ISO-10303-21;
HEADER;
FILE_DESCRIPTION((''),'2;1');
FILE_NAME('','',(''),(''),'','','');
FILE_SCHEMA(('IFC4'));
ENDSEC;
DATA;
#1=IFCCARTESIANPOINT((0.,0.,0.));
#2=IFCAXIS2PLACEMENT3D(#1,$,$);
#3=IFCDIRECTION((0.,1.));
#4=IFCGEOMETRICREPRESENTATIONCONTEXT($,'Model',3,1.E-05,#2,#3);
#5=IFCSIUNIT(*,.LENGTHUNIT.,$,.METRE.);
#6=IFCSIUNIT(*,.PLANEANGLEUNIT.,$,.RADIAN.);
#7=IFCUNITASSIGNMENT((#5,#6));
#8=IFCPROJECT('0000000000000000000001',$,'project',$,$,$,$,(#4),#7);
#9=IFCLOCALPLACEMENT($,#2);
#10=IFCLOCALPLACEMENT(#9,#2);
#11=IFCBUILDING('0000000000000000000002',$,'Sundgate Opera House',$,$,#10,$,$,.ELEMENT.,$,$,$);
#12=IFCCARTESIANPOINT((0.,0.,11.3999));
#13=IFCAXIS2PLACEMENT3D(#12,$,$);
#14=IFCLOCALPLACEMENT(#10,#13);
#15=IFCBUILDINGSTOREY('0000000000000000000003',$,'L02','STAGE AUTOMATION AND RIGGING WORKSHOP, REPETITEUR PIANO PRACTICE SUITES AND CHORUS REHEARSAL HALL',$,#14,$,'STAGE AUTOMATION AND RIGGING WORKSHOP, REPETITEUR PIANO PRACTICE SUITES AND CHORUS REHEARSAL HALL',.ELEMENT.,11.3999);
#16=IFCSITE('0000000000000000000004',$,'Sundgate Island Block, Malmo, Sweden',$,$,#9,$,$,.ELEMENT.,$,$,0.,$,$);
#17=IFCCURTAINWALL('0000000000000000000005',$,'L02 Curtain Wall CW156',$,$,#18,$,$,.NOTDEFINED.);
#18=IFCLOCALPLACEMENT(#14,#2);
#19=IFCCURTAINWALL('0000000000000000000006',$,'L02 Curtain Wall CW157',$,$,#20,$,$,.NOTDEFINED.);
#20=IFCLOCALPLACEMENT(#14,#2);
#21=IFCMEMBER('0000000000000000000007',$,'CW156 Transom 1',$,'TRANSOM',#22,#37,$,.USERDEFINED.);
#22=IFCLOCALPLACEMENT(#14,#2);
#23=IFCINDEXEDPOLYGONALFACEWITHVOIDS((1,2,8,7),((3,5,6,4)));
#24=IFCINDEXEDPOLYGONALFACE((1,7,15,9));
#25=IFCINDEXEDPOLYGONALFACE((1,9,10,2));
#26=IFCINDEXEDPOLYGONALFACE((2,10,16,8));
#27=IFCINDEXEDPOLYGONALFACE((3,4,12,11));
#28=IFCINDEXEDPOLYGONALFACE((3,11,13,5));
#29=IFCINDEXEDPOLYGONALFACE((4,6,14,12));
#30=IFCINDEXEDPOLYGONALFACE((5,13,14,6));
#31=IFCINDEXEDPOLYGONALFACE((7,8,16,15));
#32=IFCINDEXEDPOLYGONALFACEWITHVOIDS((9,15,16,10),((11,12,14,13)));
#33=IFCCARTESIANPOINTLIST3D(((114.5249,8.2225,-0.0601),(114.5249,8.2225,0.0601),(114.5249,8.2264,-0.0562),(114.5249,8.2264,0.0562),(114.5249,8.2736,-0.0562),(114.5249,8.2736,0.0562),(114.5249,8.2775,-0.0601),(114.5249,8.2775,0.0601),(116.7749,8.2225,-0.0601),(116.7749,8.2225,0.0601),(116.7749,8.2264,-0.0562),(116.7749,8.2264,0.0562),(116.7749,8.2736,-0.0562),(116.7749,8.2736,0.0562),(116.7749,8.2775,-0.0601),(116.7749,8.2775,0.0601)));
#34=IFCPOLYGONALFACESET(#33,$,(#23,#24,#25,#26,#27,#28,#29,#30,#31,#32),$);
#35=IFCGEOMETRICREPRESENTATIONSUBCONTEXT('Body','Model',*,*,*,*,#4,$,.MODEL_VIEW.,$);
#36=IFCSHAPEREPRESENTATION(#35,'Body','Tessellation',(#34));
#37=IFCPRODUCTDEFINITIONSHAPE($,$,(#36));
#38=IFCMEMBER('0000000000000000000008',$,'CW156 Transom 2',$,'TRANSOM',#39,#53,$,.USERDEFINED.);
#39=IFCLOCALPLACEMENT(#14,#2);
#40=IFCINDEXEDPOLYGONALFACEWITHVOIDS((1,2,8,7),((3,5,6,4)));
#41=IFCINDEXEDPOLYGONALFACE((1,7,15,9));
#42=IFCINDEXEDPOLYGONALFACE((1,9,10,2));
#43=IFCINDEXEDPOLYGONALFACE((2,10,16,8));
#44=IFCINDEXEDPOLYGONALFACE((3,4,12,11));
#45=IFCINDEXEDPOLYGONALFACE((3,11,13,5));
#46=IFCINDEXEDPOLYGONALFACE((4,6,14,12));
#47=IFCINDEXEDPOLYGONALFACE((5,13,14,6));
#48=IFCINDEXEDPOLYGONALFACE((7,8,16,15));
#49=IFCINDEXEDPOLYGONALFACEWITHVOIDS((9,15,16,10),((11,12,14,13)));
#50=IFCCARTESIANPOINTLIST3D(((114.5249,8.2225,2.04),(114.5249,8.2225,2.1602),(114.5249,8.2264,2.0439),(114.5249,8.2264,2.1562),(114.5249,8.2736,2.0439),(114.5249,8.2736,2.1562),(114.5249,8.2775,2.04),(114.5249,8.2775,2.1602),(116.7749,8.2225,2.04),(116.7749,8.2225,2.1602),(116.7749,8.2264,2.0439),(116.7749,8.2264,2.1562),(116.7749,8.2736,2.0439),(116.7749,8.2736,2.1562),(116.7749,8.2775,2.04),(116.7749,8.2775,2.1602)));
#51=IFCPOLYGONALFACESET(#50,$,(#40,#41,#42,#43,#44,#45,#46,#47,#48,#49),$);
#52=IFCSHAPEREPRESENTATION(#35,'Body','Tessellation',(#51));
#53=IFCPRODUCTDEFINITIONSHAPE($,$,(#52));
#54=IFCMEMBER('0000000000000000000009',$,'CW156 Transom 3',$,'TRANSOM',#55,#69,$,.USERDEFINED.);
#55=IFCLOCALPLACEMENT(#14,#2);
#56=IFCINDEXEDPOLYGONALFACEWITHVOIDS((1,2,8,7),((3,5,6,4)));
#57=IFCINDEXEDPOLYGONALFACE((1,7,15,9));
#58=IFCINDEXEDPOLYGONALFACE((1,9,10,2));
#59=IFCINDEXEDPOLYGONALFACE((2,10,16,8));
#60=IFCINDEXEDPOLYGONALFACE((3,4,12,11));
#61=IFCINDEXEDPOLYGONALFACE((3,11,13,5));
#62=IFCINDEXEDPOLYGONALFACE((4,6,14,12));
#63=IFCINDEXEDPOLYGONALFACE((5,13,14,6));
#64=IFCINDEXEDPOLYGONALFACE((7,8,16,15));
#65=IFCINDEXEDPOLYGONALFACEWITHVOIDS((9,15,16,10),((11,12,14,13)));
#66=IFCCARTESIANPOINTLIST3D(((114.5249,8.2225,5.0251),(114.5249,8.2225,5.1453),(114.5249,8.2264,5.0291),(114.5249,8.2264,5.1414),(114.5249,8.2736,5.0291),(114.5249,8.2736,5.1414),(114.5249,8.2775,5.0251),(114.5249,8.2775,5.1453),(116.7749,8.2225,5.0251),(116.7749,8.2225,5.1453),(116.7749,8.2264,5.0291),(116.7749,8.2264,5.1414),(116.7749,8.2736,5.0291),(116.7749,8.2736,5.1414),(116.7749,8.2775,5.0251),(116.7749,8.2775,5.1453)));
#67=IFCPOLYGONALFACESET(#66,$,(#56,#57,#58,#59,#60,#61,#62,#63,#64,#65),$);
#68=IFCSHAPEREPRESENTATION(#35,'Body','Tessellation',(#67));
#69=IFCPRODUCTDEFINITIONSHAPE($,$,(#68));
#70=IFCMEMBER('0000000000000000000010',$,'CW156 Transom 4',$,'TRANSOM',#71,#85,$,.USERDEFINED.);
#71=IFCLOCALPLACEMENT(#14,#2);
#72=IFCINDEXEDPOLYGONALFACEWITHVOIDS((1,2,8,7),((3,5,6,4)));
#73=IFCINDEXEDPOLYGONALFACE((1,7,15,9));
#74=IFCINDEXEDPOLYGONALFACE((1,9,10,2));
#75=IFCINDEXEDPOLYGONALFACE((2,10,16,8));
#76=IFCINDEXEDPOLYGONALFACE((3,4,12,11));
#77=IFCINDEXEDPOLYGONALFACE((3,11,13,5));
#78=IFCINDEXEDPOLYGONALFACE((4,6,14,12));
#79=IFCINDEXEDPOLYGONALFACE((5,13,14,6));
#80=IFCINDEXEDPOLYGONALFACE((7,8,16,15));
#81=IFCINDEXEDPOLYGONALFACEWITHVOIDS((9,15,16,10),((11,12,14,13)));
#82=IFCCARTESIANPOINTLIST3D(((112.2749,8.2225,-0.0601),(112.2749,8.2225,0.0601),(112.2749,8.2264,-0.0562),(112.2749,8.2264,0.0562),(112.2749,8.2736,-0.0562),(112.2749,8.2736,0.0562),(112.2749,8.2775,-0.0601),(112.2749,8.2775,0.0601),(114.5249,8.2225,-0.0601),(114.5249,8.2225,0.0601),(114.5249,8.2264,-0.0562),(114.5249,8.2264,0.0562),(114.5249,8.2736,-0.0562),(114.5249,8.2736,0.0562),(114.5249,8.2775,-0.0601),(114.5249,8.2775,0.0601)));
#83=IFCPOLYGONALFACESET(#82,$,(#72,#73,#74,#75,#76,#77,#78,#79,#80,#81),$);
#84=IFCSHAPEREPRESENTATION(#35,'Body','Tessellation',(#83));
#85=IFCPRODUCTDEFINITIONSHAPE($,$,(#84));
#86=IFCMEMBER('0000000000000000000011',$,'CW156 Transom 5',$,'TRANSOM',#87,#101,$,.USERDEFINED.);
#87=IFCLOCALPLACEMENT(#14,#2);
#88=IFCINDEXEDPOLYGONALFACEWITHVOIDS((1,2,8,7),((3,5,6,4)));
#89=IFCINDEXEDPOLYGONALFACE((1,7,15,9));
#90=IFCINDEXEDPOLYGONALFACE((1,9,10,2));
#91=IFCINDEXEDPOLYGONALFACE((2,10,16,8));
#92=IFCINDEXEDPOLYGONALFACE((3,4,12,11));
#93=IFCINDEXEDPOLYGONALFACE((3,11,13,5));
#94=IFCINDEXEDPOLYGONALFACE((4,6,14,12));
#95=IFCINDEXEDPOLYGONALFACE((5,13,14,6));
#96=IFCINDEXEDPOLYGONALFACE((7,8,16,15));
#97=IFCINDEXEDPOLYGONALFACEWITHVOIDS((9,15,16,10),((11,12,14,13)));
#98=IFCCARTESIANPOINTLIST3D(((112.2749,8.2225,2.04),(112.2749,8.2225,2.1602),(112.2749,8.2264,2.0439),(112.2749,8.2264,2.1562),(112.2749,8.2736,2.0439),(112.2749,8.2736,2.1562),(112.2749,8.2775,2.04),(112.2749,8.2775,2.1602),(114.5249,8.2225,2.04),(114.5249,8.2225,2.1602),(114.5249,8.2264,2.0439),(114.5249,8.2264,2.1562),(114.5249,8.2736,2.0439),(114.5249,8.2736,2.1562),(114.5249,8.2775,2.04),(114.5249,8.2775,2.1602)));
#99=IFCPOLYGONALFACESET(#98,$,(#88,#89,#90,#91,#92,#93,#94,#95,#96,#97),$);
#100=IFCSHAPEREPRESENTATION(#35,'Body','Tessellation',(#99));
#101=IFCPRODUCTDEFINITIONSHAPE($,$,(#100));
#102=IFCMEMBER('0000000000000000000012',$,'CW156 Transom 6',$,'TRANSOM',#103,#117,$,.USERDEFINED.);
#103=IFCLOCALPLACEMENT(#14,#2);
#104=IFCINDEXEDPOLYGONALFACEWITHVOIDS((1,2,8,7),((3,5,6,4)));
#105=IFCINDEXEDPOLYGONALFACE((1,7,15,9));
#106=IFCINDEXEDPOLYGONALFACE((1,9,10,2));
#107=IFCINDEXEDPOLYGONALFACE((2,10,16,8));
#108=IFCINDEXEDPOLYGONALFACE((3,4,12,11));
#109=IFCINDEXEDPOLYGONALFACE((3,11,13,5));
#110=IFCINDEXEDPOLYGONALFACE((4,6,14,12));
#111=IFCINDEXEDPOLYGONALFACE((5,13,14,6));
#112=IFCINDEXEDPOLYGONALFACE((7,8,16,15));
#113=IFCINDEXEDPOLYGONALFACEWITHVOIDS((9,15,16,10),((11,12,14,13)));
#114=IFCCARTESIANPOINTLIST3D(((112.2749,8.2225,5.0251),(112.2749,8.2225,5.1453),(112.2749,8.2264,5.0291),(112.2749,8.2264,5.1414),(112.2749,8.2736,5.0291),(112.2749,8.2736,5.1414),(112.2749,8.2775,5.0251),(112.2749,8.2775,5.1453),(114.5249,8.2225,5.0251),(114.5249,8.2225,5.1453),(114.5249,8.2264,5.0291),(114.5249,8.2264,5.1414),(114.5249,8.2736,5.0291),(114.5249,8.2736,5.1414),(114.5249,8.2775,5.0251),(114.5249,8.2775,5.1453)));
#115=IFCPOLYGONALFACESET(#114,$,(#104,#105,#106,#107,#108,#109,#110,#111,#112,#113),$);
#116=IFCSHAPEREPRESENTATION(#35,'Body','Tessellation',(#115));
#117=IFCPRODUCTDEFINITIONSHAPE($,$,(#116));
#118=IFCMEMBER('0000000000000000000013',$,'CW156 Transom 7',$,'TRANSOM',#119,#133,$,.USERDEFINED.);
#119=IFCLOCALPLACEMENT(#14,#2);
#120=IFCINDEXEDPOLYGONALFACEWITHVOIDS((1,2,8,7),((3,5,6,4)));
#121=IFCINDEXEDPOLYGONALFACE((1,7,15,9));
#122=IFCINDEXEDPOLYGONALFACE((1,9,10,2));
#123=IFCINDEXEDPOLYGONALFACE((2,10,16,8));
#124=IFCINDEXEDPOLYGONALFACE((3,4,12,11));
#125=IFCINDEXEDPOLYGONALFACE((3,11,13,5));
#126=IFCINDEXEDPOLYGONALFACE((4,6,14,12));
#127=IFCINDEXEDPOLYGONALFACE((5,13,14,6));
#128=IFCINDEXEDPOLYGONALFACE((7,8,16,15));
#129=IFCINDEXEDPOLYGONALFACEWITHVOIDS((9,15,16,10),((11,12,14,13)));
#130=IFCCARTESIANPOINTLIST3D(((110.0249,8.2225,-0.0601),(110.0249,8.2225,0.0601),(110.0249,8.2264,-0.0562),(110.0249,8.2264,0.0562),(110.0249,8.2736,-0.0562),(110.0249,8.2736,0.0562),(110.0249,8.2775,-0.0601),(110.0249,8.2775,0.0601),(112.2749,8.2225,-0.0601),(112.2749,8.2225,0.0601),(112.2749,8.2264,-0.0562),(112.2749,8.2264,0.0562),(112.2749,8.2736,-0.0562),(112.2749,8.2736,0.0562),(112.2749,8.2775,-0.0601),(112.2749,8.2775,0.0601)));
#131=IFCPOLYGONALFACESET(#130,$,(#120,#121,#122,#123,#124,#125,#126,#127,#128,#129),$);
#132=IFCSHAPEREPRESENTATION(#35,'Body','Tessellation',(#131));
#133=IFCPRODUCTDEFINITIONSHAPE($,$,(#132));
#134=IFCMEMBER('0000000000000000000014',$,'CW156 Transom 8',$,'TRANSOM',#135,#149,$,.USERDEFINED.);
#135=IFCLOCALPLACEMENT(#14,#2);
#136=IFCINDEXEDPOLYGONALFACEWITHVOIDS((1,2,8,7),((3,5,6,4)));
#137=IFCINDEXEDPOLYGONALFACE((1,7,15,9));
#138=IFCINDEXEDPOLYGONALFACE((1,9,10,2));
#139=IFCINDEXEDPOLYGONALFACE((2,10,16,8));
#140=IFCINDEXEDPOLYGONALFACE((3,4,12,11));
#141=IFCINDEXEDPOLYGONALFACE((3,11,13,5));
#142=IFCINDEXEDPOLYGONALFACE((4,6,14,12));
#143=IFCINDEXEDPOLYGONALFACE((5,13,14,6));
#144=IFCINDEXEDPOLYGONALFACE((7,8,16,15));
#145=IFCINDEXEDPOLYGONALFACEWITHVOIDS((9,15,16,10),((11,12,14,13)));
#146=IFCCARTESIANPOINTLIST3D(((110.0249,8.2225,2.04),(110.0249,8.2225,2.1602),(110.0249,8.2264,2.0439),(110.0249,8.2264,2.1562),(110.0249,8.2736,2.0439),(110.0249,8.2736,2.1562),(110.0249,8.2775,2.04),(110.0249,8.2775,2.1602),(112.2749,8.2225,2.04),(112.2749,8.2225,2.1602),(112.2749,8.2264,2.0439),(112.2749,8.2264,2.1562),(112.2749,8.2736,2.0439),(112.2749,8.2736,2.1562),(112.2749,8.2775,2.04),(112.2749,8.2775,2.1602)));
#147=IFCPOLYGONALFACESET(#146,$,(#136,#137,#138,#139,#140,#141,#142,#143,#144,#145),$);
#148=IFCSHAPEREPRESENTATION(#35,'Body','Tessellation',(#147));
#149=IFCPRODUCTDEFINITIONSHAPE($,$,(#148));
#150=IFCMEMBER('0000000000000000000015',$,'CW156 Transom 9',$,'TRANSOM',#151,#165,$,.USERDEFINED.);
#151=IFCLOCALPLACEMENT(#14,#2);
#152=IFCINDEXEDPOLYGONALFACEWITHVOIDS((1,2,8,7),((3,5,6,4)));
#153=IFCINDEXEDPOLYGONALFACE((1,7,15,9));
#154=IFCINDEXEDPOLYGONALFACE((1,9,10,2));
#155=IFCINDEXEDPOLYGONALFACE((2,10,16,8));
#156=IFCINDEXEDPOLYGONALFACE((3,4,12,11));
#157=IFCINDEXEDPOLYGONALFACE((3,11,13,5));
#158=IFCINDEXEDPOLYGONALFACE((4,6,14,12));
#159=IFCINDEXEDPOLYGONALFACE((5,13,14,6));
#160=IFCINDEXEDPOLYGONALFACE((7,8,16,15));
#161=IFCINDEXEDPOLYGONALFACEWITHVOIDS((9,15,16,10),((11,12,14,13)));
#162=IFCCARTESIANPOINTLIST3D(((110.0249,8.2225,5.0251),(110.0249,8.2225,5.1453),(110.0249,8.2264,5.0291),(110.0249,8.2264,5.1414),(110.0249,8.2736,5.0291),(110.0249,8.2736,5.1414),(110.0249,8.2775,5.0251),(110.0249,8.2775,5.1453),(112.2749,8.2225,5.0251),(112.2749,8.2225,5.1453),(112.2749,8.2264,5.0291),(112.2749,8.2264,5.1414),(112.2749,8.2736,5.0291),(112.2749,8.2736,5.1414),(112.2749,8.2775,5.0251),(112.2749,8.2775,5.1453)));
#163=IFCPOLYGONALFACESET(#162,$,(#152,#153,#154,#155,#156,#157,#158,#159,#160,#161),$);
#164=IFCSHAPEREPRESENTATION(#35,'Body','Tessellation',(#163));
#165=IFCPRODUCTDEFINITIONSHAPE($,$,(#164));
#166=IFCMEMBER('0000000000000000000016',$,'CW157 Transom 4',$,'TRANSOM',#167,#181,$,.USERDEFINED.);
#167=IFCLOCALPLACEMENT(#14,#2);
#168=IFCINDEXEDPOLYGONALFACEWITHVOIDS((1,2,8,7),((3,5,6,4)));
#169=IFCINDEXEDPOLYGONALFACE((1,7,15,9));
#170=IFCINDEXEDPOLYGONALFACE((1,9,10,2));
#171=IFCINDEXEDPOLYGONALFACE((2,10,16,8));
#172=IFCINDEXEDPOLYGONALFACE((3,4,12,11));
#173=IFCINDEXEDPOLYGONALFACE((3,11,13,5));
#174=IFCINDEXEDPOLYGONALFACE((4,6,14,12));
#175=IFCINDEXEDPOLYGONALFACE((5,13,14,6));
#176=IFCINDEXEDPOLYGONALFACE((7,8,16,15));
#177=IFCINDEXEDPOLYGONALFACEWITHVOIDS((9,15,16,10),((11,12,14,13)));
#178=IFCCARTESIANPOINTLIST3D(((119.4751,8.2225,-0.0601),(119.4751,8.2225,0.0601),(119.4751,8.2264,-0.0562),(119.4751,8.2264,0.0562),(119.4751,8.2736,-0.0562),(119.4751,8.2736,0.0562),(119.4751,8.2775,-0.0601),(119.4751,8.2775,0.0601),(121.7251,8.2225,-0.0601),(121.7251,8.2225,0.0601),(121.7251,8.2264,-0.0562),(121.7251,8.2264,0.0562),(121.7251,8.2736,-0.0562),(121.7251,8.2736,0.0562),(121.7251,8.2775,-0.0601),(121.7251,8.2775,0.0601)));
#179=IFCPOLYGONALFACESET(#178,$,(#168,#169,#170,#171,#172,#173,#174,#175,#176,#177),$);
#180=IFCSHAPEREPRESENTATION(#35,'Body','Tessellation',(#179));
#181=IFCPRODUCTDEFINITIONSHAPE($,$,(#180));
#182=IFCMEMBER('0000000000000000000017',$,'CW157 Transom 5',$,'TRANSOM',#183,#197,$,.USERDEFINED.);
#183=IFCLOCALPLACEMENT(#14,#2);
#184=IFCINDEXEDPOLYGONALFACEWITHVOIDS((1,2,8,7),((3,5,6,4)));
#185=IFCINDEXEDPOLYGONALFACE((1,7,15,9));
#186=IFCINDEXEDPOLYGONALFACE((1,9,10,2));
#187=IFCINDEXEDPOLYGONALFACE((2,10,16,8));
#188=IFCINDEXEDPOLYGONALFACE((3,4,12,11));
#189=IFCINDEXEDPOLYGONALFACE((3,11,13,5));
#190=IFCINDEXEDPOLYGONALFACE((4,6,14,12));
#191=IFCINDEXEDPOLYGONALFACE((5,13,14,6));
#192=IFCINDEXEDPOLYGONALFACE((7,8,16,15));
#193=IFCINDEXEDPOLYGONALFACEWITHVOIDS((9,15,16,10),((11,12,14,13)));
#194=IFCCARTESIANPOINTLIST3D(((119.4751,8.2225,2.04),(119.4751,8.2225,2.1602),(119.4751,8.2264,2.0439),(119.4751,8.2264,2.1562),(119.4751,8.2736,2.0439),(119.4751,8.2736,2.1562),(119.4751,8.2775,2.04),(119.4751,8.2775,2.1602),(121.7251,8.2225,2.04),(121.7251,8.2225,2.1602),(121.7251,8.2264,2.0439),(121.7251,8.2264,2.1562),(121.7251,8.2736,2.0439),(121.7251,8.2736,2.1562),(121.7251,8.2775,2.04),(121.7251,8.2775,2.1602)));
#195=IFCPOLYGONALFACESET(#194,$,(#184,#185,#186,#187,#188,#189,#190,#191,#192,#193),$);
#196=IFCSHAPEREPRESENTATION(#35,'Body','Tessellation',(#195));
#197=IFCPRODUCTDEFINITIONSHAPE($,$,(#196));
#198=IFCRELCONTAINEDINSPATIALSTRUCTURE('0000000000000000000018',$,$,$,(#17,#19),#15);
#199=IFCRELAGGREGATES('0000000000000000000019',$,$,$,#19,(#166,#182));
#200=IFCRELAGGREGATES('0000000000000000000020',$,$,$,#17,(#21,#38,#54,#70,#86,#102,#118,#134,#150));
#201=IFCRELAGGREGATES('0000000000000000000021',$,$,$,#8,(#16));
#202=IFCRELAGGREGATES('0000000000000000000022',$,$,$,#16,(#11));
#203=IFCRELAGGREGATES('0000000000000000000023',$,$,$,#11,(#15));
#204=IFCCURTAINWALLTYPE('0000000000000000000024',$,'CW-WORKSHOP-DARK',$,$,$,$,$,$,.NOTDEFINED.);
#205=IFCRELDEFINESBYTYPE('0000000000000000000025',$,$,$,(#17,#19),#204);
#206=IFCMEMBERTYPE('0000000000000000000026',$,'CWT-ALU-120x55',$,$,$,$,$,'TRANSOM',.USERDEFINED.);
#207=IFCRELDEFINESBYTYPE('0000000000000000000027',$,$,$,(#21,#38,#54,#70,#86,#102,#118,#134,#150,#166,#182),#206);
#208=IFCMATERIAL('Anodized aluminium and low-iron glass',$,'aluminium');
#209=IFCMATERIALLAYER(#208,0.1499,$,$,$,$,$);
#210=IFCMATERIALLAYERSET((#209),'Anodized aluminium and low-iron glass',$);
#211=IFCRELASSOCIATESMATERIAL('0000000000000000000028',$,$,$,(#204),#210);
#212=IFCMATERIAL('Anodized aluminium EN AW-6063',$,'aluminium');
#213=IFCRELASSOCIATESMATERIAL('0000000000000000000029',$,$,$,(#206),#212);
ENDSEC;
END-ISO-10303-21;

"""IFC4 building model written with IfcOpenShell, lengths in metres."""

from ifc_helpers import new_model, si_unit, direction, frame, origin, origin_2d, place, context, subcontext, project, spatial, hollow_rectangle, extrude, material, layer, layer_set, material_profile, profile_set, type_object, element, aggregate, save


model = new_model("IFC4")

# Units and contexts
model_context = context("Model", 3, precision=1e-05, world=origin(), true_north=direction((0.0, 1.0)))
body_context = subcontext(model_context, "Body", "Model", "MODEL_VIEW")
ifc_project = project(units=[si_unit("LENGTHUNIT", "METRE"), si_unit("PLANEANGLEUNIT", "RADIAN")], contexts=[model_context])

# Site, building, storey
site_placement = place(None, origin())
site = spatial("IfcSite", under=ifc_project, at=site_placement, Name="Sundgate Island Block, Malmo, Sweden", CompositionType="ELEMENT", RefElevation=0.0)
building_placement = place(site_placement, origin())
building = spatial("IfcBuilding", under=site, at=building_placement, Name="Sundgate Opera House", CompositionType="ELEMENT")
storey_placement = place(building_placement, frame((0.0, 0.0, 11.3999)))
storey = spatial("IfcBuildingStorey", under=building, at=storey_placement, Name="L02", Description="STAGE AUTOMATION AND RIGGING WORKSHOP, REPETITEUR PIANO PRACTICE SUITES AND CHORUS REHEARSAL HALL", LongName="STAGE AUTOMATION AND RIGGING WORKSHOP, REPETITEUR PIANO PRACTICE SUITES AND CHORUS REHEARSAL HALL", CompositionType="ELEMENT", Elevation=11.3999)

# Curtain walls
ifc_material_1 = material(Name="Anodized aluminium and low-iron glass", Category="aluminium")
ifc_layer_1 = layer(ifc_material_1, 0.1499)
ifc_layer_set_1 = layer_set([ifc_layer_1], Name="Anodized aluminium and low-iron glass")
curtain_wall_type = type_object("IfcCurtainWallType", Name="CW-WORKSHOP-DARK", PredefinedType="NOTDEFINED", material=ifc_layer_set_1)
curtain_wall_1_placement = place(storey_placement, origin())
curtain_wall_1 = element("IfcCurtainWall", 1, at=curtain_wall_1_placement, inside=storey, type_object=curtain_wall_type, Name="L02 Curtain Wall CW156", PredefinedType="NOTDEFINED")
curtain_wall_2_placement = place(storey_placement, origin())
curtain_wall_2 = element("IfcCurtainWall", 2, at=curtain_wall_2_placement, inside=storey, type_object=curtain_wall_type, Name="L02 Curtain Wall CW157", PredefinedType="NOTDEFINED")

# Members
ifc_material_2 = material(Name="Anodized aluminium EN AW-6063", Category="aluminium")
ifc_material_profile_1 = material_profile(ifc_material_2, hollow_rectangle(XDim=0.0549, YDim=0.1201, WallThickness=0.0039, at=origin_2d()), Name="CWT 120x55x4")
ifc_profile_set_1 = profile_set([ifc_material_profile_1], Name="Anodized aluminium EN AW-6063")
member_type_1 = type_object("IfcMemberType", Name="CWT-ALU-120x55", ElementType="TRANSOM", PredefinedType="USERDEFINED", material=ifc_profile_set_1)
member_1_placement = place(storey_placement, frame((116.7749, 8.25, 0.0), z_axis=(-1.0, 0.0, 0.0), x_axis=(0.0, -1.0, 0.0)))
member_1 = element("IfcMember", 3, at=member_1_placement, type_object=member_type_1, Name="CW156 Transom 1", ObjectType="TRANSOM", PredefinedType="USERDEFINED", context=body_context, shape_type="SweptSolid", body=[
    extrude(hollow_rectangle(XDim=0.0549, YDim=0.1201, WallThickness=0.0039, at=origin_2d()), origin(), (0.0, 0.0, 1.0), 2.25),
])
member_2_placement = place(storey_placement, frame((116.7749, 8.25, 2.1001), z_axis=(-1.0, 0.0, 0.0), x_axis=(0.0, -1.0, 0.0)))
member_2 = element("IfcMember", 4, at=member_2_placement, type_object=member_type_1, Name="CW156 Transom 2", ObjectType="TRANSOM", PredefinedType="USERDEFINED", context=body_context, shape_type="SweptSolid", body=[
    extrude(hollow_rectangle(XDim=0.0549, YDim=0.1201, WallThickness=0.0039, at=origin_2d()), origin(), (0.0, 0.0, 1.0), 2.25),
])
member_3_placement = place(storey_placement, frame((116.7749, 8.25, 5.0852), z_axis=(-1.0, 0.0, 0.0), x_axis=(0.0, -1.0, 0.0)))
member_3 = element("IfcMember", 5, at=member_3_placement, type_object=member_type_1, Name="CW156 Transom 3", ObjectType="TRANSOM", PredefinedType="USERDEFINED", context=body_context, shape_type="SweptSolid", body=[
    extrude(hollow_rectangle(XDim=0.0549, YDim=0.1201, WallThickness=0.0039, at=origin_2d()), origin(), (0.0, 0.0, 1.0), 2.25),
])
member_4_placement = place(storey_placement, frame((114.5249, 8.25, 0.0), z_axis=(-1.0, 0.0, 0.0), x_axis=(0.0, -1.0, 0.0)))
member_4 = element("IfcMember", 6, at=member_4_placement, type_object=member_type_1, Name="CW156 Transom 4", ObjectType="TRANSOM", PredefinedType="USERDEFINED", context=body_context, shape_type="SweptSolid", body=[
    extrude(hollow_rectangle(XDim=0.0549, YDim=0.1201, WallThickness=0.0039, at=origin_2d()), origin(), (0.0, 0.0, 1.0), 2.25),
])
member_5_placement = place(storey_placement, frame((114.5249, 8.25, 2.1001), z_axis=(-1.0, 0.0, 0.0), x_axis=(0.0, -1.0, 0.0)))
member_5 = element("IfcMember", 7, at=member_5_placement, type_object=member_type_1, Name="CW156 Transom 5", ObjectType="TRANSOM", PredefinedType="USERDEFINED", context=body_context, shape_type="SweptSolid", body=[
    extrude(hollow_rectangle(XDim=0.0549, YDim=0.1201, WallThickness=0.0039, at=origin_2d()), origin(), (0.0, 0.0, 1.0), 2.25),
])
member_6_placement = place(storey_placement, frame((114.5249, 8.25, 5.0852), z_axis=(-1.0, 0.0, 0.0), x_axis=(0.0, -1.0, 0.0)))
member_6 = element("IfcMember", 8, at=member_6_placement, type_object=member_type_1, Name="CW156 Transom 6", ObjectType="TRANSOM", PredefinedType="USERDEFINED", context=body_context, shape_type="SweptSolid", body=[
    extrude(hollow_rectangle(XDim=0.0549, YDim=0.1201, WallThickness=0.0039, at=origin_2d()), origin(), (0.0, 0.0, 1.0), 2.25),
])
member_7_placement = place(storey_placement, frame((112.2749, 8.25, 0.0), z_axis=(-1.0, 0.0, 0.0), x_axis=(0.0, -1.0, 0.0)))
member_7 = element("IfcMember", 9, at=member_7_placement, type_object=member_type_1, Name="CW156 Transom 7", ObjectType="TRANSOM", PredefinedType="USERDEFINED", context=body_context, shape_type="SweptSolid", body=[
    extrude(hollow_rectangle(XDim=0.0549, YDim=0.1201, WallThickness=0.0039, at=origin_2d()), origin(), (0.0, 0.0, 1.0), 2.25),
])
member_8_placement = place(storey_placement, frame((112.2749, 8.25, 2.1001), z_axis=(-1.0, 0.0, 0.0), x_axis=(0.0, -1.0, 0.0)))
member_8 = element("IfcMember", 10, at=member_8_placement, type_object=member_type_1, Name="CW156 Transom 8", ObjectType="TRANSOM", PredefinedType="USERDEFINED", context=body_context, shape_type="SweptSolid", body=[
    extrude(hollow_rectangle(XDim=0.0549, YDim=0.1201, WallThickness=0.0039, at=origin_2d()), origin(), (0.0, 0.0, 1.0), 2.25),
])
member_9_placement = place(storey_placement, frame((112.2749, 8.25, 5.0852), z_axis=(-1.0, 0.0, 0.0), x_axis=(0.0, -1.0, 0.0)))
member_9 = element("IfcMember", 11, at=member_9_placement, type_object=member_type_1, Name="CW156 Transom 9", ObjectType="TRANSOM", PredefinedType="USERDEFINED", context=body_context, shape_type="SweptSolid", body=[
    extrude(hollow_rectangle(XDim=0.0549, YDim=0.1201, WallThickness=0.0039, at=origin_2d()), origin(), (0.0, 0.0, 1.0), 2.25),
])
member_10_placement = place(storey_placement, frame((121.7251, 8.25, 0.0), z_axis=(-1.0, 0.0, 0.0), x_axis=(0.0, -1.0, 0.0)))
member_10 = element("IfcMember", 12, at=member_10_placement, type_object=member_type_1, Name="CW157 Transom 4", ObjectType="TRANSOM", PredefinedType="USERDEFINED", context=body_context, shape_type="SweptSolid", body=[
    extrude(hollow_rectangle(XDim=0.0549, YDim=0.1201, WallThickness=0.0039, at=origin_2d()), origin(), (0.0, 0.0, 1.0), 2.25),
])
member_11_placement = place(storey_placement, frame((121.7251, 8.25, 2.1001), z_axis=(-1.0, 0.0, 0.0), x_axis=(0.0, -1.0, 0.0)))
member_11 = element("IfcMember", 13, at=member_11_placement, type_object=member_type_1, Name="CW157 Transom 5", ObjectType="TRANSOM", PredefinedType="USERDEFINED", context=body_context, shape_type="SweptSolid", body=[
    extrude(hollow_rectangle(XDim=0.0549, YDim=0.1201, WallThickness=0.0039, at=origin_2d()), origin(), (0.0, 0.0, 1.0), 2.25),
])

aggregate(curtain_wall_2, [member_10, member_11])
aggregate(curtain_wall_1, [member_1, member_2, member_3, member_4, member_5, member_6, member_7, member_8, member_9])

save(model, "model.ifc")
